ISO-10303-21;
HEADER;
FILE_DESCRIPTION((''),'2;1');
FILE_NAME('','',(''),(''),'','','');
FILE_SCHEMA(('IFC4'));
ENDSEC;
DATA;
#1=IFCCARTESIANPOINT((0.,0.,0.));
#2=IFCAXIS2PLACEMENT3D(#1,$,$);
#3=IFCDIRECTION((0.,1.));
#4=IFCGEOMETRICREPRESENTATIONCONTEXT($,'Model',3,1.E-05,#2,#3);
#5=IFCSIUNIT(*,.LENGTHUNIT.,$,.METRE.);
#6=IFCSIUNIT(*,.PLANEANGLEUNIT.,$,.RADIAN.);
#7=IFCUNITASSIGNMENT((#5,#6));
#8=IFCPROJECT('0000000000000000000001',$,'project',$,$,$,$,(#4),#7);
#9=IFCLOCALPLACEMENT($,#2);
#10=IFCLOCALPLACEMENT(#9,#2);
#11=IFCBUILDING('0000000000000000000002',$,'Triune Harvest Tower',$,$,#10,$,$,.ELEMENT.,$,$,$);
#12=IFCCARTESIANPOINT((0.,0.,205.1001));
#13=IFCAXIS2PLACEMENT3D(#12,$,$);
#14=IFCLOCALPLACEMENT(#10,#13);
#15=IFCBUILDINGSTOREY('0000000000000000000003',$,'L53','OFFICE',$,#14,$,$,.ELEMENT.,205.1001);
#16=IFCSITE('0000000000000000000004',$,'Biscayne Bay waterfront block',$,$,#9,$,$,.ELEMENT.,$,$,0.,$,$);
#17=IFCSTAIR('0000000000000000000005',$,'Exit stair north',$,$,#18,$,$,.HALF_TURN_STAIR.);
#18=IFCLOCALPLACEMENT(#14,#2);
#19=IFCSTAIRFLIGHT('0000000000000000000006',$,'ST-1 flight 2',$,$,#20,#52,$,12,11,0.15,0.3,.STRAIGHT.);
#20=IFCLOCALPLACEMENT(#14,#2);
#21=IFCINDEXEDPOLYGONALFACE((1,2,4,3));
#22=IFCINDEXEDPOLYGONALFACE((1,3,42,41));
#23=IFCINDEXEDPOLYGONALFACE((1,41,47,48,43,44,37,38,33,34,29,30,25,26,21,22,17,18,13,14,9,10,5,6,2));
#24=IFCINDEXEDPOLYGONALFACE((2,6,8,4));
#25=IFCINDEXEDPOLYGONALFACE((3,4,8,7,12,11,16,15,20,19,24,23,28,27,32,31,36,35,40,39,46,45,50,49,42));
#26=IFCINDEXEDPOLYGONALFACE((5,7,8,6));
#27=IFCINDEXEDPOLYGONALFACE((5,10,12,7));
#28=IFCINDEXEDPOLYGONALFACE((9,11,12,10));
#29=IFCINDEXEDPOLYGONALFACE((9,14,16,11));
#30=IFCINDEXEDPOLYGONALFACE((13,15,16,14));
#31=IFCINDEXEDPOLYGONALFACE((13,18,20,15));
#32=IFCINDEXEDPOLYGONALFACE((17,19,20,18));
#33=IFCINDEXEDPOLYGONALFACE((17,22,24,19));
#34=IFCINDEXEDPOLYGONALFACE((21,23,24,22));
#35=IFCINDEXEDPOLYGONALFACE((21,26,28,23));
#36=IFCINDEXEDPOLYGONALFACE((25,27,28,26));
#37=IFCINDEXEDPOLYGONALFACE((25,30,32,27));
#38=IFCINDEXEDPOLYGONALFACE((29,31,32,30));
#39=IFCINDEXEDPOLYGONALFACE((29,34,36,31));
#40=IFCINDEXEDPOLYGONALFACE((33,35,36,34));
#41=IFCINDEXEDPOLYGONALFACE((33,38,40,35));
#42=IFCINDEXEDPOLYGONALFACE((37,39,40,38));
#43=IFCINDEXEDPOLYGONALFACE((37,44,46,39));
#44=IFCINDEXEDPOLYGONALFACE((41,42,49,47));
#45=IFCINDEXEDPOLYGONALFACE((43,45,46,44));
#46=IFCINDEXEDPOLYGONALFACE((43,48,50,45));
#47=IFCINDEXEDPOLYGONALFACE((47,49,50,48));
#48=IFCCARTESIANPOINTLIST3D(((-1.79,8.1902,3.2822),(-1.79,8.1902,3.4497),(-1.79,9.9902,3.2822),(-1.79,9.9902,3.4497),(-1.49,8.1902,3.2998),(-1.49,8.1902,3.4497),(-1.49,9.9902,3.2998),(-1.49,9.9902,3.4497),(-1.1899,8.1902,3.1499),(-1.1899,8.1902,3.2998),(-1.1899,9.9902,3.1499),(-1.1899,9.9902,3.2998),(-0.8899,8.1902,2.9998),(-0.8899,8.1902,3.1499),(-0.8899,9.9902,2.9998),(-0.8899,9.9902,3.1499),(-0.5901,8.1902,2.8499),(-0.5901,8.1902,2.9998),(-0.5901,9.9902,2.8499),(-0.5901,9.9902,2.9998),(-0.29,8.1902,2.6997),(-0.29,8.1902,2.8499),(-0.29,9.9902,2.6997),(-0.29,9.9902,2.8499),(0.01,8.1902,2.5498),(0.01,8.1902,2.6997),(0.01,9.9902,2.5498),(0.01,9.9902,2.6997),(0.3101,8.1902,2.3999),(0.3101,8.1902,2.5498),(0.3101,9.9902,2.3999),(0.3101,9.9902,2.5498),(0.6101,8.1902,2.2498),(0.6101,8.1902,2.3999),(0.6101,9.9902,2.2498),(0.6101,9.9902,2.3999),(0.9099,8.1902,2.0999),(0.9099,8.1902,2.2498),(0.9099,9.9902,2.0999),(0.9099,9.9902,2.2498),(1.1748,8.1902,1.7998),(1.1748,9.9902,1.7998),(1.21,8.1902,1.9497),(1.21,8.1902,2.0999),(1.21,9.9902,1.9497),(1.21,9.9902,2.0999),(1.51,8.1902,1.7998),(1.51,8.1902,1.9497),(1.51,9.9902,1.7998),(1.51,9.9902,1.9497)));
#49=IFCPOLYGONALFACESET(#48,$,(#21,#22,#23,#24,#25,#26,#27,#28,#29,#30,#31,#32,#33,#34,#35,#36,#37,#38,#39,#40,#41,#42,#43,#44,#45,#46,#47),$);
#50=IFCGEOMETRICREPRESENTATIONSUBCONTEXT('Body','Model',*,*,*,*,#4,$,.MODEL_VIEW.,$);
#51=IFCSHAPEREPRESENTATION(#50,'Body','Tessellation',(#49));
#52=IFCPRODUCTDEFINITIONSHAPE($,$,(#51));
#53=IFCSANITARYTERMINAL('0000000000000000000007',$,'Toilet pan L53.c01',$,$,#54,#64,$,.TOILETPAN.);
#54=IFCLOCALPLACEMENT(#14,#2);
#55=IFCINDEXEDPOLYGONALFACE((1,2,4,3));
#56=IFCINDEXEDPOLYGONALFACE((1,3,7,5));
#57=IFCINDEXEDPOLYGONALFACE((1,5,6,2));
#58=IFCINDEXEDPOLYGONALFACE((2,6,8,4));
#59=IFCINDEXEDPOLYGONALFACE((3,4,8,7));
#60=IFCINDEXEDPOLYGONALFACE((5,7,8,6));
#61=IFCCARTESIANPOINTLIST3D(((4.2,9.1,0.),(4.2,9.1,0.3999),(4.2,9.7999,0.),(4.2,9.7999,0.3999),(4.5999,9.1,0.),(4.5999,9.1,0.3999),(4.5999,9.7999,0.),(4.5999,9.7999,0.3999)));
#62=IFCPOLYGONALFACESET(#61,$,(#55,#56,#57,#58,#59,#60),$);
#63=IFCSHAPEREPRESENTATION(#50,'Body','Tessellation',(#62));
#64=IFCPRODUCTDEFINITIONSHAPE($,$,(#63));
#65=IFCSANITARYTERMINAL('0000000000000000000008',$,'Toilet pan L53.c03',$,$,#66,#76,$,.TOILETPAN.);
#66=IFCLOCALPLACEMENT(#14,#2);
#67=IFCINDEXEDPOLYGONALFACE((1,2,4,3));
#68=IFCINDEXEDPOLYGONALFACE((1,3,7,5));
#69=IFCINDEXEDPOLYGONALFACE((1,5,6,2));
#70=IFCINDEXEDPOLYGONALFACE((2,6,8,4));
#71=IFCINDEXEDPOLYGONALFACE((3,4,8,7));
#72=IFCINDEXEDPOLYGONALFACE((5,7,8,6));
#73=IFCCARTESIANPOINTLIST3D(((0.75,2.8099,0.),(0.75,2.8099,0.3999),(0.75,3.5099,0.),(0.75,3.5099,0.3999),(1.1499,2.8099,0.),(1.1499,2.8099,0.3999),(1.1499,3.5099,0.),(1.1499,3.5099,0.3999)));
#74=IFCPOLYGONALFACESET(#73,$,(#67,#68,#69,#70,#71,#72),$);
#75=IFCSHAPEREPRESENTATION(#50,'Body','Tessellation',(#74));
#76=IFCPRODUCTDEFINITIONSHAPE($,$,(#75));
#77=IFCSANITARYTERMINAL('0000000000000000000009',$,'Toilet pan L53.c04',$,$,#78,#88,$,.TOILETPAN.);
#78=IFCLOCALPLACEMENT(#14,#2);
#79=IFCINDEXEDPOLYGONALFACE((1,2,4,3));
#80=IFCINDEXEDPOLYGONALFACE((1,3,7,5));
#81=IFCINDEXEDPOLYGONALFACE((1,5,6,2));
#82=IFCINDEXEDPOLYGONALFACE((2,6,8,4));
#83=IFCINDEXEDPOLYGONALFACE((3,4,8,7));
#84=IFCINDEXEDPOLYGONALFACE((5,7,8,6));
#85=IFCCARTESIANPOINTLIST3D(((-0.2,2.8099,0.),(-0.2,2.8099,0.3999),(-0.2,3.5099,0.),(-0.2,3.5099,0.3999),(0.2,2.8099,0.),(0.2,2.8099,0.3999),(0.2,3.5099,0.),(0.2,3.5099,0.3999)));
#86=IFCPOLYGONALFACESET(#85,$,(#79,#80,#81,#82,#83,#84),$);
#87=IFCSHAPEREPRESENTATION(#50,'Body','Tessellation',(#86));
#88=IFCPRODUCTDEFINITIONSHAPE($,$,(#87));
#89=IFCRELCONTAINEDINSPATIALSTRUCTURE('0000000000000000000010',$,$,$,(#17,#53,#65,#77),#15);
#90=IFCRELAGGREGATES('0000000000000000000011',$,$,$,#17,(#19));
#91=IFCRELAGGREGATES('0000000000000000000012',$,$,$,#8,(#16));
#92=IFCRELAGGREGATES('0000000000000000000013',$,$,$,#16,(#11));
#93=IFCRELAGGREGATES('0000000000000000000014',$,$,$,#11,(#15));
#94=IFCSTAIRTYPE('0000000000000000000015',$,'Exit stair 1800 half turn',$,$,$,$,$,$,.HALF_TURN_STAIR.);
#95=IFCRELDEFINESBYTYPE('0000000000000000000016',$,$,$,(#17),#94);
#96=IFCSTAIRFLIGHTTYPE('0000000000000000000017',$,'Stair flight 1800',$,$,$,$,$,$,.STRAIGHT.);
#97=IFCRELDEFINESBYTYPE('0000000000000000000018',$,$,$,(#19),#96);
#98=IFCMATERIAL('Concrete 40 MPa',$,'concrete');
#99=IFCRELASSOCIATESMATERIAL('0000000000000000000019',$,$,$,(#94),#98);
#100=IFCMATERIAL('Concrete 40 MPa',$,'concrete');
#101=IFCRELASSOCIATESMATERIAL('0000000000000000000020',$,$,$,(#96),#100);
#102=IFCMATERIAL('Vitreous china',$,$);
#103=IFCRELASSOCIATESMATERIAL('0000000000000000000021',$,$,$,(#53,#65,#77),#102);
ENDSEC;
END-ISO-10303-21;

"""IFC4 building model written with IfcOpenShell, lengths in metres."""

from ifc_helpers import new_model, si_unit, direction, frame, origin, origin_2d, place, context, subcontext, project, spatial, polyline, rectangle, outline, extrude, source, transform, mapped, material, type_object, element, aggregate, save


model = new_model("IFC4")

# Units and contexts
model_context = context("Model", 3, precision=1e-05, world=origin(), true_north=direction((0.0, 1.0)))
body_context = subcontext(model_context, "Body", "Model", "MODEL_VIEW")
ifc_project = project(units=[si_unit("LENGTHUNIT", "METRE"), si_unit("PLANEANGLEUNIT", "RADIAN")], contexts=[model_context])

# Site, building, storey
site_placement = place(None, origin())
site = spatial("IfcSite", under=ifc_project, at=site_placement, Name="Biscayne Bay waterfront block", CompositionType="ELEMENT", RefElevation=0.0)
building_placement = place(site_placement, origin())
building = spatial("IfcBuilding", under=site, at=building_placement, Name="Triune Harvest Tower", CompositionType="ELEMENT")
storey_placement = place(building_placement, frame((0.0, 0.0, 205.1001)))
storey = spatial("IfcBuildingStorey", under=building, at=storey_placement, Name="L53", Description="OFFICE", CompositionType="ELEMENT", Elevation=205.1001)

# Stair, stair flight
ifc_material_1 = material(Name="Concrete 40 MPa", Category="concrete")
stair_type = type_object("IfcStairType", Name="Exit stair 1800 half turn", PredefinedType="HALF_TURN_STAIR", material=ifc_material_1)
stair_placement = place(storey_placement, origin())
stair = element("IfcStair", 1, at=stair_placement, inside=storey, type_object=stair_type, Name="Exit stair north", PredefinedType="HALF_TURN_STAIR")
ifc_material_2 = material(Name="Concrete 40 MPa", Category="concrete")
stair_flight_type = type_object("IfcStairFlightType", Name="Stair flight 1800", PredefinedType="STRAIGHT", material=ifc_material_2)
shared_shape_1 = source(origin(), body_context, "Body", "SweptSolid", [
    extrude(outline(polyline([(0.0, 0.0), (0.0, 0.1499), (0.3, 0.1499), (0.3, 0.3), (0.6001, 0.3), (0.6001, 0.45), (0.8999, 0.45), (0.8999, 0.6001), (1.2, 0.6001), (1.2, 0.75), (1.5, 0.75), (1.5, 0.8999), (1.8, 0.8999), (1.8, 1.05), (2.1001, 1.05), (2.1001, 1.2), (2.3999, 1.2), (2.3999, 1.3501), (2.7, 1.3501), (2.7, 1.5), (3.0, 1.5), (3.0, 1.6499), (3.3, 1.6499), (3.3, 1.8), (3.3, 1.4824), (0.3352, 0.0), (0.0, 0.0)])), frame((0.0, 0.8999, 0.0), z_axis=(0.0, -1.0, 0.0), x_axis=(1.0, 0.0, 0.0)), (0.0, 0.0, 1.0), 1.8),
])
stair_flight_placement = place(storey_placement, frame((1.51, 9.0901, 1.7998), z_axis=(0.0, 0.0, 1.0), x_axis=(-1.0, 0.0, 0.0)))
stair_flight = element("IfcStairFlight", 2, at=stair_flight_placement, type_object=stair_flight_type, Name="ST-1 flight 2", NumberOfRisers=12, NumberOfTreads=11, PredefinedType="STRAIGHT", RiserHeight=0.15, TreadLength=0.3, context=body_context, shape_type="MappedRepresentation", body=[
    mapped(shared_shape_1, transform((0.0, 0.0, 0.0), scale=1.0)),
])
aggregate(stair, [stair_flight])

# Sanitary terminals
ifc_material_3 = material(Name="Vitreous china")
shared_shape_2 = source(origin(), body_context, "Body", "SweptSolid", [
    extrude(rectangle(XDim=0.3999, YDim=0.7, at=origin_2d()), origin(), (0.0, 0.0, 1.0), 0.3999),
])
for number, where, z_axis, x_axis, name in (
    (3, (4.3999, 9.45, 0.0), (0.0, 0.0, 1.0), (1.0, 0.0, 0.0), "Toilet pan L53.c01"),
    (4, (0.95, 3.1599, 0.0), (0.0, 0.0, 1.0), (-1.0, 0.0, 0.0), "Toilet pan L53.c03"),
    (5, (0.0, 3.1599, 0.0), (0.0, 0.0, 1.0), (-1.0, 0.0, 0.0), "Toilet pan L53.c04"),
):
    element("IfcSanitaryTerminal", number, at=place(storey_placement, frame(where, z_axis=z_axis, x_axis=x_axis)), inside=storey, material=ifc_material_3, Name=name, PredefinedType="TOILETPAN", context=body_context, shape_type="MappedRepresentation", body=[
        mapped(shared_shape_2, transform((0.0, 0.0, 0.0), scale=1.0)),
    ])

save(model, "model.ifc")
